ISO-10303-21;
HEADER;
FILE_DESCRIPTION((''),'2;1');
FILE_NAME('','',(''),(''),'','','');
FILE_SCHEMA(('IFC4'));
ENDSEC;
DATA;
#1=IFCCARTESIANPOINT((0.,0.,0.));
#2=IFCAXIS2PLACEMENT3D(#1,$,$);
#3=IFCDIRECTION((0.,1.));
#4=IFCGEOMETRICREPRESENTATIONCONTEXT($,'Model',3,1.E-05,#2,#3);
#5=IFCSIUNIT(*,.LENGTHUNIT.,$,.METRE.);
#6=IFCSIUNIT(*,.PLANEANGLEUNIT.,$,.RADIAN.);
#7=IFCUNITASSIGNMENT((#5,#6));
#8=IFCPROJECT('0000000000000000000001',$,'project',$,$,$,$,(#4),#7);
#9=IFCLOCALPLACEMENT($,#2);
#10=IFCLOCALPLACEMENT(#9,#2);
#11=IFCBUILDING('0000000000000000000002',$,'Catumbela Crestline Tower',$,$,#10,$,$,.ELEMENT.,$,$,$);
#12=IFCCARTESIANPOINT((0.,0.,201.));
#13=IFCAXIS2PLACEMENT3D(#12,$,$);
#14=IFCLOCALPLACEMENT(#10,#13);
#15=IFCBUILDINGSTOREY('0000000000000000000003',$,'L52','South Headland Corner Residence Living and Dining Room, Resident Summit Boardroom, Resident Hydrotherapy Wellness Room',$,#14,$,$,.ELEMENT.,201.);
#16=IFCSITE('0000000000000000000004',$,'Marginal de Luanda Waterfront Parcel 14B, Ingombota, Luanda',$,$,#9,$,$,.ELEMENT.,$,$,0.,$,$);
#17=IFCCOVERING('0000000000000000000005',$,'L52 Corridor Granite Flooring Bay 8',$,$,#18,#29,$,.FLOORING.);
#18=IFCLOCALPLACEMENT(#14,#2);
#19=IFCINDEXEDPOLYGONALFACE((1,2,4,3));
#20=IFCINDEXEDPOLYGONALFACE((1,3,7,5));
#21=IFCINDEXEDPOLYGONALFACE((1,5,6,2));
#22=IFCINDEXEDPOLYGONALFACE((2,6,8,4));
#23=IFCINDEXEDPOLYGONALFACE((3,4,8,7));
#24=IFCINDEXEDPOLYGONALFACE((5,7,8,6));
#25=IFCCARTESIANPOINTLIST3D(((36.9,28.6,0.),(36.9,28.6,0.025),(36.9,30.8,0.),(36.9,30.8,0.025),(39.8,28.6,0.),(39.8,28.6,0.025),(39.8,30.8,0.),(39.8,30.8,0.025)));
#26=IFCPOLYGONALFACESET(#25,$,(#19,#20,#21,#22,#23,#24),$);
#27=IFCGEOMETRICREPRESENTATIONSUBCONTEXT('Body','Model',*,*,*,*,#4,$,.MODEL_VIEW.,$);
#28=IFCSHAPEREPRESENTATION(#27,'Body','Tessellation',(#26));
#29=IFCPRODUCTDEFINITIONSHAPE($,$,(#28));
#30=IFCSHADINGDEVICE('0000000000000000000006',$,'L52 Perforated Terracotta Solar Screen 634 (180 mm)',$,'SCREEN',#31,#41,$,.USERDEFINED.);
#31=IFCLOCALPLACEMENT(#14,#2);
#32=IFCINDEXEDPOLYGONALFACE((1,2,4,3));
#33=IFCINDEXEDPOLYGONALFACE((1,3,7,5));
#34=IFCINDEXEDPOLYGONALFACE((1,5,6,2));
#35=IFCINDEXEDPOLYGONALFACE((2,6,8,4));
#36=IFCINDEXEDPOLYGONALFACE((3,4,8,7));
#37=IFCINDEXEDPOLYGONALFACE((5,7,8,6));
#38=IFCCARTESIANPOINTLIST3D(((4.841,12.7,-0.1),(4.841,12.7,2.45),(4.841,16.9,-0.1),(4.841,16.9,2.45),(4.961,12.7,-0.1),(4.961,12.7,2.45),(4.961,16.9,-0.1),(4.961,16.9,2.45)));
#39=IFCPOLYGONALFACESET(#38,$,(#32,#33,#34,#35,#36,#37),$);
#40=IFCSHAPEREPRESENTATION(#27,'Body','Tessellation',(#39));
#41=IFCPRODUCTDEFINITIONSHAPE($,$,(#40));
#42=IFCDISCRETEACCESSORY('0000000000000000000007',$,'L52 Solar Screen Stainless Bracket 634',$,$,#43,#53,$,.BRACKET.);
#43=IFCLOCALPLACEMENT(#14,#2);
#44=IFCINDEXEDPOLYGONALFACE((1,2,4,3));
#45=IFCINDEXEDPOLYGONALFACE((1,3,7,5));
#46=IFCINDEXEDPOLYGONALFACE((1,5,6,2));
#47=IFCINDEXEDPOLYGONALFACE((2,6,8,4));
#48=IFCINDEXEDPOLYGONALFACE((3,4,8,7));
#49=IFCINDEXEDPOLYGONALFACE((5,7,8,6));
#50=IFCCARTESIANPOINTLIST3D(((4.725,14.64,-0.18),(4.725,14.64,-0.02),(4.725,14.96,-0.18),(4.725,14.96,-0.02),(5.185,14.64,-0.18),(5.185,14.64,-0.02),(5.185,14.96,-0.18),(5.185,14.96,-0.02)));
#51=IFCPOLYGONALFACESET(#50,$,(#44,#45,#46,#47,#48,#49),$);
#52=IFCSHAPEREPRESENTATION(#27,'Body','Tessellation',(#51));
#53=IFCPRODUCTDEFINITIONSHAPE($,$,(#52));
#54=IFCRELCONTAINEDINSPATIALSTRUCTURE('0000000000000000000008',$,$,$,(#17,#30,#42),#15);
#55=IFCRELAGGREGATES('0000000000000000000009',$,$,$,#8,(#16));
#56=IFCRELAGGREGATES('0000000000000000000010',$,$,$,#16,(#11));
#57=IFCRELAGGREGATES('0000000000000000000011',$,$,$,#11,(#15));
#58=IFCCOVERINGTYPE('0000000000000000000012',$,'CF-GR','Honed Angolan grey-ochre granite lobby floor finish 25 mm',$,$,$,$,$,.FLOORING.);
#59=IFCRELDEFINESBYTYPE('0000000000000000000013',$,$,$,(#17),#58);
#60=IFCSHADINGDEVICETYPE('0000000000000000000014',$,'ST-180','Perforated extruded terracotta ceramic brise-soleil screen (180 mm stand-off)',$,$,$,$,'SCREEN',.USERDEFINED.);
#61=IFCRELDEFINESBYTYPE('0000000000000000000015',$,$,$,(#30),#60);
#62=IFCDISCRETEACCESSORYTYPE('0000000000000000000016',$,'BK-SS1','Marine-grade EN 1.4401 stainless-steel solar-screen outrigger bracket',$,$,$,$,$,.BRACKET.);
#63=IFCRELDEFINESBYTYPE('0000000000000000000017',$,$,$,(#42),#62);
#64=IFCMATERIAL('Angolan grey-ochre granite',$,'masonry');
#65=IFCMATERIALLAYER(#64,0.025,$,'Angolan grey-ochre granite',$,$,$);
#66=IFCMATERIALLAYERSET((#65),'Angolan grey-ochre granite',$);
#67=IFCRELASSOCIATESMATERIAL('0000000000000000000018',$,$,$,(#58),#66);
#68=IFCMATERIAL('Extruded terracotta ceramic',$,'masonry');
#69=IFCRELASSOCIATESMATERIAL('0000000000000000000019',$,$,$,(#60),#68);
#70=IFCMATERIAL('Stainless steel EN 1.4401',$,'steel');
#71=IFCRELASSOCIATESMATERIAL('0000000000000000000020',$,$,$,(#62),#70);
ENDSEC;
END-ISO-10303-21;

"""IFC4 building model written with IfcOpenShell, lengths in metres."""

from ifc_helpers import new_model, si_unit, direction, frame, origin, origin_2d, place, context, subcontext, project, spatial, polyline, rectangle, outline, extrude, material, layer, layer_set, type_object, element, save


model = new_model("IFC4")

# Units and contexts
model_context = context("Model", 3, precision=1e-05, world=origin(), true_north=direction((0.0, 1.0)))
body_context = subcontext(model_context, "Body", "Model", "MODEL_VIEW")
ifc_project = project(units=[si_unit("LENGTHUNIT", "METRE"), si_unit("PLANEANGLEUNIT", "RADIAN")], contexts=[model_context])

# Site, building, storey
site_placement = place(None, origin())
site = spatial("IfcSite", under=ifc_project, at=site_placement, Name="Marginal de Luanda Waterfront Parcel 14B, Ingombota, Luanda", CompositionType="ELEMENT", RefElevation=0.0)
building_placement = place(site_placement, origin())
building = spatial("IfcBuilding", under=site, at=building_placement, Name="Catumbela Crestline Tower", CompositionType="ELEMENT")
storey_placement = place(building_placement, frame((0.0, 0.0, 201.0)))
storey = spatial("IfcBuildingStorey", under=building, at=storey_placement, Name="L52", Description="South Headland Corner Residence Living and Dining Room, Resident Summit Boardroom, Resident Hydrotherapy Wellness Room", CompositionType="ELEMENT", Elevation=201.0)

# Shared definitions
ifc_material_1 = material(Name="Angolan grey-ochre granite", Category="masonry")

# Covering
ifc_layer_1 = layer(ifc_material_1, 0.025, Name="Angolan grey-ochre granite")
ifc_layer_set_1 = layer_set([ifc_layer_1], Name="Angolan grey-ochre granite")
covering_type_1 = type_object("IfcCoveringType", Name="CF-GR", Description="Honed Angolan grey-ochre granite lobby floor finish 25 mm", PredefinedType="FLOORING", material=ifc_layer_set_1)
covering_1_placement = place(storey_placement, origin())
element("IfcCovering", 1, at=covering_1_placement, inside=storey, type_object=covering_type_1, Name="L52 Corridor Granite Flooring Bay 8", PredefinedType="FLOORING", context=body_context, shape_type="SweptSolid", body=[
    extrude(outline(polyline([(36.9, 28.6), (39.8, 28.6), (39.8, 30.8), (36.9, 30.8), (36.9, 28.6)])), origin(), (0.0, 0.0, 1.0), 0.025),
])

# Shading device
ifc_material_2 = material(Name="Extruded terracotta ceramic", Category="masonry")
shading_device_type = type_object("IfcShadingDeviceType", Name="ST-180", Description="Perforated extruded terracotta ceramic brise-soleil screen (180 mm stand-off)", ElementType="SCREEN", PredefinedType="USERDEFINED", material=ifc_material_2)
shading_device_placement = place(storey_placement, frame((4.901, 14.8, -0.1), z_axis=(0.0, 0.0, 1.0), x_axis=(0.0, -1.0, 0.0)))
element("IfcShadingDevice", 2, at=shading_device_placement, inside=storey, type_object=shading_device_type, Name="L52 Perforated Terracotta Solar Screen 634 (180 mm)", ObjectType="SCREEN", PredefinedType="USERDEFINED", context=body_context, shape_type="SweptSolid", body=[
    extrude(rectangle(XDim=4.2, YDim=0.12, at=origin_2d()), origin(), (0.0, 0.0, 1.0), 2.55),
])

# Discrete accessory
ifc_material_3 = material(Name="Stainless steel EN 1.4401", Category="steel")
discrete_accessory_type = type_object("IfcDiscreteAccessoryType", Name="BK-SS1", Description="Marine-grade EN 1.4401 stainless-steel solar-screen outrigger bracket", PredefinedType="BRACKET", material=ifc_material_3)
discrete_accessory_placement = place(storey_placement, frame((4.955, 14.8, -0.18), z_axis=(0.0, 0.0, 1.0), x_axis=(0.0, -1.0, 0.0)))
element("IfcDiscreteAccessory", 3, at=discrete_accessory_placement, inside=storey, type_object=discrete_accessory_type, Name="L52 Solar Screen Stainless Bracket 634", PredefinedType="BRACKET", context=body_context, shape_type="SweptSolid", body=[
    extrude(rectangle(XDim=0.32, YDim=0.46, at=origin_2d()), origin(), (0.0, 0.0, 1.0), 0.16),
])

save(model, "model.ifc")
